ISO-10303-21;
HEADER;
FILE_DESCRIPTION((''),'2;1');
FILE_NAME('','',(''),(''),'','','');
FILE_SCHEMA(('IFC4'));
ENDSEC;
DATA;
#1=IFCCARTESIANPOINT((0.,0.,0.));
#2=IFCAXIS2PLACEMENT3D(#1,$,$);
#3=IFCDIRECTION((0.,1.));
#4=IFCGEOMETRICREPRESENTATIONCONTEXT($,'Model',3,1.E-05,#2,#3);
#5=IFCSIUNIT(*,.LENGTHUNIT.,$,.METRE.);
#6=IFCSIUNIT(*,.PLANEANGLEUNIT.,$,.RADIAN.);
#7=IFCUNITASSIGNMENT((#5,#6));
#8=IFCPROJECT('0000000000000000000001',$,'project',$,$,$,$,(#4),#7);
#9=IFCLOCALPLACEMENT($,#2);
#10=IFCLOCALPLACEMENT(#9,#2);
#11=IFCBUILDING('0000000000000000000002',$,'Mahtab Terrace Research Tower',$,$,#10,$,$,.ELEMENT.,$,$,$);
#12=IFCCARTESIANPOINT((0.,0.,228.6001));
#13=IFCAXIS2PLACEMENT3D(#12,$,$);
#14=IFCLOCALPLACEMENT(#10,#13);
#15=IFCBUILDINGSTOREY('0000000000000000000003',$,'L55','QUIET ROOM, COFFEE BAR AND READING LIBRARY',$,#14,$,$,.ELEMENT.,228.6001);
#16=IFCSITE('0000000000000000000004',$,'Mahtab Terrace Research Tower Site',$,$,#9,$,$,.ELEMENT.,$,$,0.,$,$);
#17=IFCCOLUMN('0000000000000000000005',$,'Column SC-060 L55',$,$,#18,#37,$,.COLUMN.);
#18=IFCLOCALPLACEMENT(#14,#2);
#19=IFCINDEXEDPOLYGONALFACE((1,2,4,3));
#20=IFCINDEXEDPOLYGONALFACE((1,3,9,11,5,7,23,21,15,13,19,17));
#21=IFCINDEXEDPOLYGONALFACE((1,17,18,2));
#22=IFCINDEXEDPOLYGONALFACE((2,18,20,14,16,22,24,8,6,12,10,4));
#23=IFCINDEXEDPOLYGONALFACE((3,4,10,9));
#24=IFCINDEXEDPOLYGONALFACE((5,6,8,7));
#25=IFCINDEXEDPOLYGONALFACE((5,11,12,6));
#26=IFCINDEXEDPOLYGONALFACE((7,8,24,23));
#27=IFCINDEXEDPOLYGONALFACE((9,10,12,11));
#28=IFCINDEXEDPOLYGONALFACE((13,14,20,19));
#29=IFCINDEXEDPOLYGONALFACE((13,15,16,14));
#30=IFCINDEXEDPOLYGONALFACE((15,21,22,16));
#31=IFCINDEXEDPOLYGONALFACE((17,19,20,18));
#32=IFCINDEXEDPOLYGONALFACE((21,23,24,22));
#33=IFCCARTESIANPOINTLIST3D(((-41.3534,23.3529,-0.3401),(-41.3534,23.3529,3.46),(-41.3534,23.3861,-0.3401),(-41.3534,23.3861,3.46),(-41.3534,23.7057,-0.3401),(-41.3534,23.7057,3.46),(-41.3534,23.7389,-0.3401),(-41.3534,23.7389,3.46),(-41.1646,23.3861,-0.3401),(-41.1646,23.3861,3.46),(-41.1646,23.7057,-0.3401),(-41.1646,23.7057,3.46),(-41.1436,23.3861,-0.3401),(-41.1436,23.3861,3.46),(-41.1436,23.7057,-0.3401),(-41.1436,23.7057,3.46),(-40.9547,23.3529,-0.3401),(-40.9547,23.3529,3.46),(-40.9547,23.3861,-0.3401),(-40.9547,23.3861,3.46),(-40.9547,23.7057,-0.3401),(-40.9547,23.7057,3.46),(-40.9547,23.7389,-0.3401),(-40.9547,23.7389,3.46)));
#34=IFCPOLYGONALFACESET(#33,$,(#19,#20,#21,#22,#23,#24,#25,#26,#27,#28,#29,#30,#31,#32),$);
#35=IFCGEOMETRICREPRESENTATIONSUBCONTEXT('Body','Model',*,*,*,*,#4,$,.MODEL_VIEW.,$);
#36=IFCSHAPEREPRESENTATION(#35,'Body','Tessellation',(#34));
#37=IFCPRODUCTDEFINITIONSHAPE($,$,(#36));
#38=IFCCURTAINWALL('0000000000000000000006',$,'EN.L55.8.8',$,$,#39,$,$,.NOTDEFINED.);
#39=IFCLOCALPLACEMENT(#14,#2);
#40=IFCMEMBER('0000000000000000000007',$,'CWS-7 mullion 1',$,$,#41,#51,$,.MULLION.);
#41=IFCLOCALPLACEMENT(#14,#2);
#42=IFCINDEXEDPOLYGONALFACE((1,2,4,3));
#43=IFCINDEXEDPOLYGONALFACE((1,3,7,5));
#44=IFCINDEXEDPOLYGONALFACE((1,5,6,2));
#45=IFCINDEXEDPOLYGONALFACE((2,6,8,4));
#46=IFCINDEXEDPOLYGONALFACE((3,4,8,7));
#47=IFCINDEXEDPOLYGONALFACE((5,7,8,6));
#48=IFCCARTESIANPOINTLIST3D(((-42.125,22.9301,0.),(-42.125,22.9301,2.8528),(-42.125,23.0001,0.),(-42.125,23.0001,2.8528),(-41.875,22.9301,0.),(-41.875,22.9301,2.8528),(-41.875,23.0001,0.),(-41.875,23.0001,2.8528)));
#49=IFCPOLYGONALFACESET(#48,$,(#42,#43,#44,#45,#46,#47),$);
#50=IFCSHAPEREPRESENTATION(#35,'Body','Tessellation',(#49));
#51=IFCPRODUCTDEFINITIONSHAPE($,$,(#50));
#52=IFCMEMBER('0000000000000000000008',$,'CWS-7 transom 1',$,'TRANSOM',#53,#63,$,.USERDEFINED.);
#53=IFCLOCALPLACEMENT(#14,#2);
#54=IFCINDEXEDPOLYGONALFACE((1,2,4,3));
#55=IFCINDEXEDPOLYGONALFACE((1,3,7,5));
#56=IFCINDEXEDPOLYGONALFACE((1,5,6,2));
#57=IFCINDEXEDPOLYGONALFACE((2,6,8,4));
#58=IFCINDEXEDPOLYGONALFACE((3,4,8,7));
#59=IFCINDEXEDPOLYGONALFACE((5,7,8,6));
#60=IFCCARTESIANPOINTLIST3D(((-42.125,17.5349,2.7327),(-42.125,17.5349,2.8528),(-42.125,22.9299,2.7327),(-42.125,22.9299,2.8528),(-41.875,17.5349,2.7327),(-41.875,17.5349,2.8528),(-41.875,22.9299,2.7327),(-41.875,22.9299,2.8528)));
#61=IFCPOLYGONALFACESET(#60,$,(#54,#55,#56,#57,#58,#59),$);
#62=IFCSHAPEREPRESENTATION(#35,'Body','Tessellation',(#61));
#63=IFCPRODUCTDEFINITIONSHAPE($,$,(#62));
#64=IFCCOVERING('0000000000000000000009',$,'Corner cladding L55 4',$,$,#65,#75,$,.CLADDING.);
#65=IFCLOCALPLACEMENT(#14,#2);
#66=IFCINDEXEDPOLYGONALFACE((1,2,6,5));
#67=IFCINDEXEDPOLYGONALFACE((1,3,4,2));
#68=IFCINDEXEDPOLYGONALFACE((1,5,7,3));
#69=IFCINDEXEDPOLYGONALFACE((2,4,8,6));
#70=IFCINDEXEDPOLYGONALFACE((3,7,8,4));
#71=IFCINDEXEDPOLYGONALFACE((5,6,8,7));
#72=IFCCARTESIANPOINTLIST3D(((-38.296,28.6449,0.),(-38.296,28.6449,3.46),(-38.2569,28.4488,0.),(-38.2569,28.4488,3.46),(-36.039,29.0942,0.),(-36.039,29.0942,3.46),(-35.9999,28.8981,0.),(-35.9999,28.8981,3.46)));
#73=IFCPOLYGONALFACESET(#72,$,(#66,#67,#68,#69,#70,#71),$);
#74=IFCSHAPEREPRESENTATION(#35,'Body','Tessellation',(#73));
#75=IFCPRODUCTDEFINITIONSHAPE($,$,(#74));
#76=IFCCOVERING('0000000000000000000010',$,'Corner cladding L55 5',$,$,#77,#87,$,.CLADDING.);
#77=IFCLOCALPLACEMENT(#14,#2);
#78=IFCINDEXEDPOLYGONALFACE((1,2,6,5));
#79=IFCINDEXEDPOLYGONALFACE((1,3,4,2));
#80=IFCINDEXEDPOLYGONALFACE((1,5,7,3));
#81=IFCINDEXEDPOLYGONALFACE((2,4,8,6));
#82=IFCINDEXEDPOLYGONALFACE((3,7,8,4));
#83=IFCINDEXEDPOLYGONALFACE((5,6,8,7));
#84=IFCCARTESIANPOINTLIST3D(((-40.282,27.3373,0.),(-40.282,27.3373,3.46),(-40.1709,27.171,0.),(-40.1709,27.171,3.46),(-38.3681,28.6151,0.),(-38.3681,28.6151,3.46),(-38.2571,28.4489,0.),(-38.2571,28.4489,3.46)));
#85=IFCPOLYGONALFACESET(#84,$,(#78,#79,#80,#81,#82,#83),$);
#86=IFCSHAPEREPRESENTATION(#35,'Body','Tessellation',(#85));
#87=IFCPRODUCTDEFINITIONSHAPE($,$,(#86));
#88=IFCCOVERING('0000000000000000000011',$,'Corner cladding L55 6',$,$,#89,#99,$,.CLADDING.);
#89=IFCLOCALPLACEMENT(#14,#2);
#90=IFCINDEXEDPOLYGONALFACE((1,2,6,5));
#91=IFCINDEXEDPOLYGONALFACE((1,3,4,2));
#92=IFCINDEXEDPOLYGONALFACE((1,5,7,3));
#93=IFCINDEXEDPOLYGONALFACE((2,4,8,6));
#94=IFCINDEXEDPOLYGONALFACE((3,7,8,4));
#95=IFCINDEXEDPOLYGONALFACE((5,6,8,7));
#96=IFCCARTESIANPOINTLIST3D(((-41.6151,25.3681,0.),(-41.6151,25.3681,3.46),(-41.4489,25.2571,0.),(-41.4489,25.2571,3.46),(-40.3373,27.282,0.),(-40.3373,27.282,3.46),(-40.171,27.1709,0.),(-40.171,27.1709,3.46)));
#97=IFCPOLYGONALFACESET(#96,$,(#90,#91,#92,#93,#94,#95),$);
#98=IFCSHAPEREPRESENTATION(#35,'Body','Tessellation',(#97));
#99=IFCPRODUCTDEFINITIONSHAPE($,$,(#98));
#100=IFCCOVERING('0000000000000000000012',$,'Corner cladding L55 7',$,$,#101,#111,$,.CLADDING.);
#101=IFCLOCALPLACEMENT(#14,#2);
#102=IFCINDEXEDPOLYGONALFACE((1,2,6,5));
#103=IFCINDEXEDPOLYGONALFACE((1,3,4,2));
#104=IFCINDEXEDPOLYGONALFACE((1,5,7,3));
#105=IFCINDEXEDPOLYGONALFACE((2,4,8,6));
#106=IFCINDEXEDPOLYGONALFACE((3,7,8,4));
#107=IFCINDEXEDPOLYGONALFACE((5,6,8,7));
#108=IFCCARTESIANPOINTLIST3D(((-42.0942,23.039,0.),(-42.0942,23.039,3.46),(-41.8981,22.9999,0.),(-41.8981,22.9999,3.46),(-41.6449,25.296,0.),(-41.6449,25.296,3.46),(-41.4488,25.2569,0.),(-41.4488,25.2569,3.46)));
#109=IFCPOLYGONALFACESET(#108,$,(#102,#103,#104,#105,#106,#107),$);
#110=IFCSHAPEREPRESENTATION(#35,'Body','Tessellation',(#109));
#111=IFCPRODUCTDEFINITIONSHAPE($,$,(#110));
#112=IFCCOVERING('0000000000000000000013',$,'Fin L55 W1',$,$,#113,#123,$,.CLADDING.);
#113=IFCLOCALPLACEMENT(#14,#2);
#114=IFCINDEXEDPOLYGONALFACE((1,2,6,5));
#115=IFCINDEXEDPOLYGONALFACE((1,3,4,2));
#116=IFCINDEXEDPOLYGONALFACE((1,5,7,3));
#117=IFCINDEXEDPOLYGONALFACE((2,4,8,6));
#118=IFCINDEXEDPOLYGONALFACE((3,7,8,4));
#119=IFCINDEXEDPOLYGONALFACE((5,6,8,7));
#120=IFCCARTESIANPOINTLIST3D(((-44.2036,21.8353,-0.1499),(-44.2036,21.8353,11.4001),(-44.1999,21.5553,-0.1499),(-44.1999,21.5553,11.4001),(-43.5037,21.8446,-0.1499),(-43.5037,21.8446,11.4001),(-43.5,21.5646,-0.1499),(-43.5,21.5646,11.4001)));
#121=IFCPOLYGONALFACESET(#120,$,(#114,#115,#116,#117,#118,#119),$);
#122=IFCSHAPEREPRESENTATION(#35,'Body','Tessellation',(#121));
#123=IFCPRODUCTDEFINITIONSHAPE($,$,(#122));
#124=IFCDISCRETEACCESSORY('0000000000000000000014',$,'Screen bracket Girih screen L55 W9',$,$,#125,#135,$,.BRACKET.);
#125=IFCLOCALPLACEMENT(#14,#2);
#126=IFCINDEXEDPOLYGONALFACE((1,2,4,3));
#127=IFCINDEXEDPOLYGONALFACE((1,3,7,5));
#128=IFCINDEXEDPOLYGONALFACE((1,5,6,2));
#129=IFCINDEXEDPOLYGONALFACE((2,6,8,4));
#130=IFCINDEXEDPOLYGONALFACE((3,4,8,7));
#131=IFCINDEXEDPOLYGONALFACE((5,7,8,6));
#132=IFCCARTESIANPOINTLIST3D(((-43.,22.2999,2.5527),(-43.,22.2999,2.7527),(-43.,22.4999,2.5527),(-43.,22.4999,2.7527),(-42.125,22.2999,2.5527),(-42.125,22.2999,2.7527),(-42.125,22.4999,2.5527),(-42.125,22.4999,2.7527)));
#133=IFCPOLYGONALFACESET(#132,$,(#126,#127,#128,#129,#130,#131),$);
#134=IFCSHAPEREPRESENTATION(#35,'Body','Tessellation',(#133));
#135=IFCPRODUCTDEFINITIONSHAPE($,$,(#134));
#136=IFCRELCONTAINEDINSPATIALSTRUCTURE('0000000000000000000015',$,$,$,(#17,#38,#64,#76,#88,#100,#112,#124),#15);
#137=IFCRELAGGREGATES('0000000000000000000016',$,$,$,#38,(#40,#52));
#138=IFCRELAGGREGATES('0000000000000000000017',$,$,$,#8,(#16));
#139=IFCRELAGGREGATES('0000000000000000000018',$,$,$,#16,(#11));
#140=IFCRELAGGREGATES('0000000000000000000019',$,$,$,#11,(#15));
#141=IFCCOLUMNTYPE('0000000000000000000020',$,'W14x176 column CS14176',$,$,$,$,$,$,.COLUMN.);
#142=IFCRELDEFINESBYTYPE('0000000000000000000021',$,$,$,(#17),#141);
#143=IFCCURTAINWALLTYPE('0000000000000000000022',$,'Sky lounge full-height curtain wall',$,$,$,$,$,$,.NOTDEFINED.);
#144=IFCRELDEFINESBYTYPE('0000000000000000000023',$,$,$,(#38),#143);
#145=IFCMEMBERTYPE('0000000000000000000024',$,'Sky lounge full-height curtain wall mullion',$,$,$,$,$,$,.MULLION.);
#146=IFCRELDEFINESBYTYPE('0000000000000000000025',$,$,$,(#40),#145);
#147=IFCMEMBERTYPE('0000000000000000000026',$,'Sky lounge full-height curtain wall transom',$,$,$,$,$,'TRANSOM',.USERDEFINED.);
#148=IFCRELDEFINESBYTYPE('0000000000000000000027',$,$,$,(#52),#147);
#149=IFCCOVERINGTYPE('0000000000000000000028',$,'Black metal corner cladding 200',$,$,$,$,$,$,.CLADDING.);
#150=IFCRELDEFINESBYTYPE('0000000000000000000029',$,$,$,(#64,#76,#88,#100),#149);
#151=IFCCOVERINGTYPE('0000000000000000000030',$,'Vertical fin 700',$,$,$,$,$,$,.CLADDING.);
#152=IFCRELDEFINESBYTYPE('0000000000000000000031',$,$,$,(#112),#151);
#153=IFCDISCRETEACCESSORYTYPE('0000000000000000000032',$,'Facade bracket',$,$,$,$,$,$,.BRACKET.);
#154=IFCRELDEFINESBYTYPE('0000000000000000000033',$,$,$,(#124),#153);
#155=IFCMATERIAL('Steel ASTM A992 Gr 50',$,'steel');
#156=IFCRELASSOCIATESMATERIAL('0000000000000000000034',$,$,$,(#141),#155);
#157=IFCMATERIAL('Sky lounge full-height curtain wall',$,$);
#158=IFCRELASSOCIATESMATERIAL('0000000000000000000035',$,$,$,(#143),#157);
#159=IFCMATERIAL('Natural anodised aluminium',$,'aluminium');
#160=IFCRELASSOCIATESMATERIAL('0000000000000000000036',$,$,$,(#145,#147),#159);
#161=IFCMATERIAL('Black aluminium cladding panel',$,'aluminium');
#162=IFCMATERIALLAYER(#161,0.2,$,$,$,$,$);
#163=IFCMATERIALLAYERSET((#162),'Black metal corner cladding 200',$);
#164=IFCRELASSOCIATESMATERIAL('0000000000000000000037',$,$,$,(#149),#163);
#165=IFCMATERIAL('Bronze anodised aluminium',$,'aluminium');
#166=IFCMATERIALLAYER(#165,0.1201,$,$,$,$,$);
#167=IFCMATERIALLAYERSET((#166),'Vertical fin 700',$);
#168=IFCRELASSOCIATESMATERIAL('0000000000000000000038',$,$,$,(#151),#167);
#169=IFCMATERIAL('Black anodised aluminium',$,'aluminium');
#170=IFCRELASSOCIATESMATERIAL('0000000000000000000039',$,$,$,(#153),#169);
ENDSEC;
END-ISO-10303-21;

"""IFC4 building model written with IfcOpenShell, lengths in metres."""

from ifc_helpers import new_model, si_unit, direction, frame, origin, origin_2d, place, context, subcontext, project, spatial, rectangle, i_section, extrude, material, layer, layer_set, material_profile, profile_set, type_object, element, aggregate, save


model = new_model("IFC4")

# Units and contexts
model_context = context("Model", 3, precision=1e-05, world=origin(), true_north=direction((0.0, 1.0)))
body_context = subcontext(model_context, "Body", "Model", "MODEL_VIEW")
ifc_project = project(units=[si_unit("LENGTHUNIT", "METRE"), si_unit("PLANEANGLEUNIT", "RADIAN")], contexts=[model_context])

# Site, building, storey
site_placement = place(None, origin())
site = spatial("IfcSite", under=ifc_project, at=site_placement, Name="Mahtab Terrace Research Tower Site", CompositionType="ELEMENT", RefElevation=0.0)
building_placement = place(site_placement, origin())
building = spatial("IfcBuilding", under=site, at=building_placement, Name="Mahtab Terrace Research Tower", CompositionType="ELEMENT")
storey_placement = place(building_placement, frame((0.0, 0.0, 228.6001)))
storey = spatial("IfcBuildingStorey", under=building, at=storey_placement, Name="L55", Description="QUIET ROOM, COFFEE BAR AND READING LIBRARY", CompositionType="ELEMENT", Elevation=228.6001)

# Column
ifc_material_1 = material(Name="Steel ASTM A992 Gr 50", Category="steel")
ifc_material_profile_1 = material_profile(ifc_material_1, i_section(OverallWidth=0.3987, OverallDepth=0.386, WebThickness=0.021, FlangeThickness=0.0332, at=origin_2d()), Name="W14X176")
ifc_profile_set_1 = profile_set([ifc_material_profile_1], Name="Steel ASTM A992 Gr 50")
column_type = type_object("IfcColumnType", Name="W14x176 column CS14176", PredefinedType="COLUMN", material=ifc_profile_set_1)
column_placement = place(storey_placement, frame((-41.1541, 23.5459, -0.3401), z_axis=(0.0, 0.0, 1.0), x_axis=(1.0, 0.0, 0.0)))
element("IfcColumn", 1, at=column_placement, inside=storey, type_object=column_type, Name="Column SC-060 L55", PredefinedType="COLUMN", context=body_context, shape_type="SweptSolid", body=[
    extrude(i_section(OverallWidth=0.3987, OverallDepth=0.386, WebThickness=0.021, FlangeThickness=0.0332, at=origin_2d()), origin(), (0.0, 0.0, 1.0), 3.8),
])

# Curtain wall, members
ifc_material_2 = material(Name="Sky lounge full-height curtain wall")
curtain_wall_type = type_object("IfcCurtainWallType", Name="Sky lounge full-height curtain wall", PredefinedType="NOTDEFINED", material=ifc_material_2)
curtain_wall_placement = place(storey_placement, origin())
curtain_wall = element("IfcCurtainWall", 2, at=curtain_wall_placement, inside=storey, type_object=curtain_wall_type, Name="EN.L55.8.8", PredefinedType="NOTDEFINED")
ifc_material_3 = material(Name="Natural anodised aluminium", Category="aluminium")
ifc_material_profile_2 = material_profile(ifc_material_3, rectangle(XDim=0.25, YDim=0.0701, at=origin_2d()), Name="MULLION 70x250")
ifc_profile_set_2 = profile_set([ifc_material_profile_2], Name="Natural anodised aluminium")
member_type_1 = type_object("IfcMemberType", Name="Sky lounge full-height curtain wall mullion", PredefinedType="MULLION", material=ifc_profile_set_2)
member_1_placement = place(storey_placement, frame((-42.0, 22.9651, 0.0), z_axis=(0.0, 0.0, 1.0), x_axis=(1.0, 0.0, 0.0)))
member_1 = element("IfcMember", 3, at=member_1_placement, type_object=member_type_1, Name="CWS-7 mullion 1", PredefinedType="MULLION", context=body_context, shape_type="SweptSolid", body=[
    extrude(rectangle(XDim=0.25, YDim=0.0701, at=origin_2d()), origin(), (0.0, 0.0, 1.0), 2.8528),
])
ifc_material_profile_3 = material_profile(ifc_material_3, rectangle(XDim=0.25, YDim=0.1201, at=origin_2d()), Name="TRANSOM 120x250")
ifc_profile_set_3 = profile_set([ifc_material_profile_3], Name="Natural anodised aluminium")
member_type_2 = type_object("IfcMemberType", Name="Sky lounge full-height curtain wall transom", ElementType="TRANSOM", PredefinedType="USERDEFINED", material=ifc_profile_set_3)
member_2_placement = place(storey_placement, frame((-42.0, 22.9299, 2.7927), z_axis=(0.0, -1.0, 0.0), x_axis=(1.0, 0.0, 0.0)))
member_2 = element("IfcMember", 4, at=member_2_placement, type_object=member_type_2, Name="CWS-7 transom 1", ObjectType="TRANSOM", PredefinedType="USERDEFINED", context=body_context, shape_type="SweptSolid", body=[
    extrude(rectangle(XDim=0.25, YDim=0.1201, at=origin_2d()), origin(), (0.0, 0.0, 1.0), 5.395),
])
aggregate(curtain_wall, [member_1, member_2])

# Coverings
ifc_material_4 = material(Name="Black aluminium cladding panel", Category="aluminium")
ifc_layer_1 = layer(ifc_material_4, 0.2)
ifc_layer_set_1 = layer_set([ifc_layer_1], Name="Black metal corner cladding 200")
covering_type_1 = type_object("IfcCoveringType", Name="Black metal corner cladding 200", PredefinedType="CLADDING", material=ifc_layer_set_1)
for number, where, z_axis, x_axis, name in (
    (5, (-37.1479, 28.7715, 0.0), (0.0, 0.0, 1.0), (-0.980761, -0.195212, 0.0), "Corner cladding L55 4"),
    (6, (-39.2695, 27.8931, 0.0), (0.0, 0.0, 1.0), (-0.831656, -0.555291, 0.0), "Corner cladding L55 5"),
    (7, (-40.8931, 26.2695, 0.0), (0.0, 0.0, 1.0), (-0.555291, -0.831656, 0.0), "Corner cladding L55 6"),
    (8, (-41.7715, 24.1479, 0.0), (0.0, 0.0, 1.0), (-0.195212, -0.980761, 0.0), "Corner cladding L55 7"),
):
    element("IfcCovering", number, at=place(storey_placement, frame(where, z_axis=z_axis, x_axis=x_axis)), inside=storey, type_object=covering_type_1, Name=name, PredefinedType="CLADDING", context=body_context, shape_type="SweptSolid", body=[
        extrude(rectangle(XDim=2.3013, YDim=0.2, at=origin_2d()), origin(), (0.0, 0.0, 1.0), 3.46),
    ])
ifc_material_5 = material(Name="Bronze anodised aluminium", Category="aluminium")
ifc_layer_2 = layer(ifc_material_5, 0.1201)
ifc_layer_set_2 = layer_set([ifc_layer_2], Name="Vertical fin 700")
covering_type_2 = type_object("IfcCoveringType", Name="Vertical fin 700", PredefinedType="CLADDING", material=ifc_layer_set_2)
covering_placement = place(storey_placement, frame((-43.8518, 21.7, -0.1499), z_axis=(0.0, 0.0, 1.0), x_axis=(0.013346, -0.999911, 0.0)))
element("IfcCovering", 9, at=covering_placement, inside=storey, type_object=covering_type_2, Name="Fin L55 W1", PredefinedType="CLADDING", context=body_context, shape_type="SweptSolid", body=[
    extrude(rectangle(XDim=0.28, YDim=0.7, at=origin_2d()), origin(), (0.0, 0.0, 1.0), 11.55),
])

# Discrete accessory
ifc_material_6 = material(Name="Black anodised aluminium", Category="aluminium")
discrete_accessory_type = type_object("IfcDiscreteAccessoryType", Name="Facade bracket", PredefinedType="BRACKET", material=ifc_material_6)
discrete_accessory_placement = place(storey_placement, frame((-42.5625, 22.3999, 2.5527), z_axis=(0.0, 0.0, 1.0), x_axis=(0.0, -1.0, 0.0)))
element("IfcDiscreteAccessory", 10, at=discrete_accessory_placement, inside=storey, type_object=discrete_accessory_type, Name="Screen bracket Girih screen L55 W9", PredefinedType="BRACKET", context=body_context, shape_type="SweptSolid", body=[
    extrude(rectangle(XDim=0.2, YDim=0.875, at=origin_2d()), origin(), (0.0, 0.0, 1.0), 0.2),
])

save(model, "model.ifc")
